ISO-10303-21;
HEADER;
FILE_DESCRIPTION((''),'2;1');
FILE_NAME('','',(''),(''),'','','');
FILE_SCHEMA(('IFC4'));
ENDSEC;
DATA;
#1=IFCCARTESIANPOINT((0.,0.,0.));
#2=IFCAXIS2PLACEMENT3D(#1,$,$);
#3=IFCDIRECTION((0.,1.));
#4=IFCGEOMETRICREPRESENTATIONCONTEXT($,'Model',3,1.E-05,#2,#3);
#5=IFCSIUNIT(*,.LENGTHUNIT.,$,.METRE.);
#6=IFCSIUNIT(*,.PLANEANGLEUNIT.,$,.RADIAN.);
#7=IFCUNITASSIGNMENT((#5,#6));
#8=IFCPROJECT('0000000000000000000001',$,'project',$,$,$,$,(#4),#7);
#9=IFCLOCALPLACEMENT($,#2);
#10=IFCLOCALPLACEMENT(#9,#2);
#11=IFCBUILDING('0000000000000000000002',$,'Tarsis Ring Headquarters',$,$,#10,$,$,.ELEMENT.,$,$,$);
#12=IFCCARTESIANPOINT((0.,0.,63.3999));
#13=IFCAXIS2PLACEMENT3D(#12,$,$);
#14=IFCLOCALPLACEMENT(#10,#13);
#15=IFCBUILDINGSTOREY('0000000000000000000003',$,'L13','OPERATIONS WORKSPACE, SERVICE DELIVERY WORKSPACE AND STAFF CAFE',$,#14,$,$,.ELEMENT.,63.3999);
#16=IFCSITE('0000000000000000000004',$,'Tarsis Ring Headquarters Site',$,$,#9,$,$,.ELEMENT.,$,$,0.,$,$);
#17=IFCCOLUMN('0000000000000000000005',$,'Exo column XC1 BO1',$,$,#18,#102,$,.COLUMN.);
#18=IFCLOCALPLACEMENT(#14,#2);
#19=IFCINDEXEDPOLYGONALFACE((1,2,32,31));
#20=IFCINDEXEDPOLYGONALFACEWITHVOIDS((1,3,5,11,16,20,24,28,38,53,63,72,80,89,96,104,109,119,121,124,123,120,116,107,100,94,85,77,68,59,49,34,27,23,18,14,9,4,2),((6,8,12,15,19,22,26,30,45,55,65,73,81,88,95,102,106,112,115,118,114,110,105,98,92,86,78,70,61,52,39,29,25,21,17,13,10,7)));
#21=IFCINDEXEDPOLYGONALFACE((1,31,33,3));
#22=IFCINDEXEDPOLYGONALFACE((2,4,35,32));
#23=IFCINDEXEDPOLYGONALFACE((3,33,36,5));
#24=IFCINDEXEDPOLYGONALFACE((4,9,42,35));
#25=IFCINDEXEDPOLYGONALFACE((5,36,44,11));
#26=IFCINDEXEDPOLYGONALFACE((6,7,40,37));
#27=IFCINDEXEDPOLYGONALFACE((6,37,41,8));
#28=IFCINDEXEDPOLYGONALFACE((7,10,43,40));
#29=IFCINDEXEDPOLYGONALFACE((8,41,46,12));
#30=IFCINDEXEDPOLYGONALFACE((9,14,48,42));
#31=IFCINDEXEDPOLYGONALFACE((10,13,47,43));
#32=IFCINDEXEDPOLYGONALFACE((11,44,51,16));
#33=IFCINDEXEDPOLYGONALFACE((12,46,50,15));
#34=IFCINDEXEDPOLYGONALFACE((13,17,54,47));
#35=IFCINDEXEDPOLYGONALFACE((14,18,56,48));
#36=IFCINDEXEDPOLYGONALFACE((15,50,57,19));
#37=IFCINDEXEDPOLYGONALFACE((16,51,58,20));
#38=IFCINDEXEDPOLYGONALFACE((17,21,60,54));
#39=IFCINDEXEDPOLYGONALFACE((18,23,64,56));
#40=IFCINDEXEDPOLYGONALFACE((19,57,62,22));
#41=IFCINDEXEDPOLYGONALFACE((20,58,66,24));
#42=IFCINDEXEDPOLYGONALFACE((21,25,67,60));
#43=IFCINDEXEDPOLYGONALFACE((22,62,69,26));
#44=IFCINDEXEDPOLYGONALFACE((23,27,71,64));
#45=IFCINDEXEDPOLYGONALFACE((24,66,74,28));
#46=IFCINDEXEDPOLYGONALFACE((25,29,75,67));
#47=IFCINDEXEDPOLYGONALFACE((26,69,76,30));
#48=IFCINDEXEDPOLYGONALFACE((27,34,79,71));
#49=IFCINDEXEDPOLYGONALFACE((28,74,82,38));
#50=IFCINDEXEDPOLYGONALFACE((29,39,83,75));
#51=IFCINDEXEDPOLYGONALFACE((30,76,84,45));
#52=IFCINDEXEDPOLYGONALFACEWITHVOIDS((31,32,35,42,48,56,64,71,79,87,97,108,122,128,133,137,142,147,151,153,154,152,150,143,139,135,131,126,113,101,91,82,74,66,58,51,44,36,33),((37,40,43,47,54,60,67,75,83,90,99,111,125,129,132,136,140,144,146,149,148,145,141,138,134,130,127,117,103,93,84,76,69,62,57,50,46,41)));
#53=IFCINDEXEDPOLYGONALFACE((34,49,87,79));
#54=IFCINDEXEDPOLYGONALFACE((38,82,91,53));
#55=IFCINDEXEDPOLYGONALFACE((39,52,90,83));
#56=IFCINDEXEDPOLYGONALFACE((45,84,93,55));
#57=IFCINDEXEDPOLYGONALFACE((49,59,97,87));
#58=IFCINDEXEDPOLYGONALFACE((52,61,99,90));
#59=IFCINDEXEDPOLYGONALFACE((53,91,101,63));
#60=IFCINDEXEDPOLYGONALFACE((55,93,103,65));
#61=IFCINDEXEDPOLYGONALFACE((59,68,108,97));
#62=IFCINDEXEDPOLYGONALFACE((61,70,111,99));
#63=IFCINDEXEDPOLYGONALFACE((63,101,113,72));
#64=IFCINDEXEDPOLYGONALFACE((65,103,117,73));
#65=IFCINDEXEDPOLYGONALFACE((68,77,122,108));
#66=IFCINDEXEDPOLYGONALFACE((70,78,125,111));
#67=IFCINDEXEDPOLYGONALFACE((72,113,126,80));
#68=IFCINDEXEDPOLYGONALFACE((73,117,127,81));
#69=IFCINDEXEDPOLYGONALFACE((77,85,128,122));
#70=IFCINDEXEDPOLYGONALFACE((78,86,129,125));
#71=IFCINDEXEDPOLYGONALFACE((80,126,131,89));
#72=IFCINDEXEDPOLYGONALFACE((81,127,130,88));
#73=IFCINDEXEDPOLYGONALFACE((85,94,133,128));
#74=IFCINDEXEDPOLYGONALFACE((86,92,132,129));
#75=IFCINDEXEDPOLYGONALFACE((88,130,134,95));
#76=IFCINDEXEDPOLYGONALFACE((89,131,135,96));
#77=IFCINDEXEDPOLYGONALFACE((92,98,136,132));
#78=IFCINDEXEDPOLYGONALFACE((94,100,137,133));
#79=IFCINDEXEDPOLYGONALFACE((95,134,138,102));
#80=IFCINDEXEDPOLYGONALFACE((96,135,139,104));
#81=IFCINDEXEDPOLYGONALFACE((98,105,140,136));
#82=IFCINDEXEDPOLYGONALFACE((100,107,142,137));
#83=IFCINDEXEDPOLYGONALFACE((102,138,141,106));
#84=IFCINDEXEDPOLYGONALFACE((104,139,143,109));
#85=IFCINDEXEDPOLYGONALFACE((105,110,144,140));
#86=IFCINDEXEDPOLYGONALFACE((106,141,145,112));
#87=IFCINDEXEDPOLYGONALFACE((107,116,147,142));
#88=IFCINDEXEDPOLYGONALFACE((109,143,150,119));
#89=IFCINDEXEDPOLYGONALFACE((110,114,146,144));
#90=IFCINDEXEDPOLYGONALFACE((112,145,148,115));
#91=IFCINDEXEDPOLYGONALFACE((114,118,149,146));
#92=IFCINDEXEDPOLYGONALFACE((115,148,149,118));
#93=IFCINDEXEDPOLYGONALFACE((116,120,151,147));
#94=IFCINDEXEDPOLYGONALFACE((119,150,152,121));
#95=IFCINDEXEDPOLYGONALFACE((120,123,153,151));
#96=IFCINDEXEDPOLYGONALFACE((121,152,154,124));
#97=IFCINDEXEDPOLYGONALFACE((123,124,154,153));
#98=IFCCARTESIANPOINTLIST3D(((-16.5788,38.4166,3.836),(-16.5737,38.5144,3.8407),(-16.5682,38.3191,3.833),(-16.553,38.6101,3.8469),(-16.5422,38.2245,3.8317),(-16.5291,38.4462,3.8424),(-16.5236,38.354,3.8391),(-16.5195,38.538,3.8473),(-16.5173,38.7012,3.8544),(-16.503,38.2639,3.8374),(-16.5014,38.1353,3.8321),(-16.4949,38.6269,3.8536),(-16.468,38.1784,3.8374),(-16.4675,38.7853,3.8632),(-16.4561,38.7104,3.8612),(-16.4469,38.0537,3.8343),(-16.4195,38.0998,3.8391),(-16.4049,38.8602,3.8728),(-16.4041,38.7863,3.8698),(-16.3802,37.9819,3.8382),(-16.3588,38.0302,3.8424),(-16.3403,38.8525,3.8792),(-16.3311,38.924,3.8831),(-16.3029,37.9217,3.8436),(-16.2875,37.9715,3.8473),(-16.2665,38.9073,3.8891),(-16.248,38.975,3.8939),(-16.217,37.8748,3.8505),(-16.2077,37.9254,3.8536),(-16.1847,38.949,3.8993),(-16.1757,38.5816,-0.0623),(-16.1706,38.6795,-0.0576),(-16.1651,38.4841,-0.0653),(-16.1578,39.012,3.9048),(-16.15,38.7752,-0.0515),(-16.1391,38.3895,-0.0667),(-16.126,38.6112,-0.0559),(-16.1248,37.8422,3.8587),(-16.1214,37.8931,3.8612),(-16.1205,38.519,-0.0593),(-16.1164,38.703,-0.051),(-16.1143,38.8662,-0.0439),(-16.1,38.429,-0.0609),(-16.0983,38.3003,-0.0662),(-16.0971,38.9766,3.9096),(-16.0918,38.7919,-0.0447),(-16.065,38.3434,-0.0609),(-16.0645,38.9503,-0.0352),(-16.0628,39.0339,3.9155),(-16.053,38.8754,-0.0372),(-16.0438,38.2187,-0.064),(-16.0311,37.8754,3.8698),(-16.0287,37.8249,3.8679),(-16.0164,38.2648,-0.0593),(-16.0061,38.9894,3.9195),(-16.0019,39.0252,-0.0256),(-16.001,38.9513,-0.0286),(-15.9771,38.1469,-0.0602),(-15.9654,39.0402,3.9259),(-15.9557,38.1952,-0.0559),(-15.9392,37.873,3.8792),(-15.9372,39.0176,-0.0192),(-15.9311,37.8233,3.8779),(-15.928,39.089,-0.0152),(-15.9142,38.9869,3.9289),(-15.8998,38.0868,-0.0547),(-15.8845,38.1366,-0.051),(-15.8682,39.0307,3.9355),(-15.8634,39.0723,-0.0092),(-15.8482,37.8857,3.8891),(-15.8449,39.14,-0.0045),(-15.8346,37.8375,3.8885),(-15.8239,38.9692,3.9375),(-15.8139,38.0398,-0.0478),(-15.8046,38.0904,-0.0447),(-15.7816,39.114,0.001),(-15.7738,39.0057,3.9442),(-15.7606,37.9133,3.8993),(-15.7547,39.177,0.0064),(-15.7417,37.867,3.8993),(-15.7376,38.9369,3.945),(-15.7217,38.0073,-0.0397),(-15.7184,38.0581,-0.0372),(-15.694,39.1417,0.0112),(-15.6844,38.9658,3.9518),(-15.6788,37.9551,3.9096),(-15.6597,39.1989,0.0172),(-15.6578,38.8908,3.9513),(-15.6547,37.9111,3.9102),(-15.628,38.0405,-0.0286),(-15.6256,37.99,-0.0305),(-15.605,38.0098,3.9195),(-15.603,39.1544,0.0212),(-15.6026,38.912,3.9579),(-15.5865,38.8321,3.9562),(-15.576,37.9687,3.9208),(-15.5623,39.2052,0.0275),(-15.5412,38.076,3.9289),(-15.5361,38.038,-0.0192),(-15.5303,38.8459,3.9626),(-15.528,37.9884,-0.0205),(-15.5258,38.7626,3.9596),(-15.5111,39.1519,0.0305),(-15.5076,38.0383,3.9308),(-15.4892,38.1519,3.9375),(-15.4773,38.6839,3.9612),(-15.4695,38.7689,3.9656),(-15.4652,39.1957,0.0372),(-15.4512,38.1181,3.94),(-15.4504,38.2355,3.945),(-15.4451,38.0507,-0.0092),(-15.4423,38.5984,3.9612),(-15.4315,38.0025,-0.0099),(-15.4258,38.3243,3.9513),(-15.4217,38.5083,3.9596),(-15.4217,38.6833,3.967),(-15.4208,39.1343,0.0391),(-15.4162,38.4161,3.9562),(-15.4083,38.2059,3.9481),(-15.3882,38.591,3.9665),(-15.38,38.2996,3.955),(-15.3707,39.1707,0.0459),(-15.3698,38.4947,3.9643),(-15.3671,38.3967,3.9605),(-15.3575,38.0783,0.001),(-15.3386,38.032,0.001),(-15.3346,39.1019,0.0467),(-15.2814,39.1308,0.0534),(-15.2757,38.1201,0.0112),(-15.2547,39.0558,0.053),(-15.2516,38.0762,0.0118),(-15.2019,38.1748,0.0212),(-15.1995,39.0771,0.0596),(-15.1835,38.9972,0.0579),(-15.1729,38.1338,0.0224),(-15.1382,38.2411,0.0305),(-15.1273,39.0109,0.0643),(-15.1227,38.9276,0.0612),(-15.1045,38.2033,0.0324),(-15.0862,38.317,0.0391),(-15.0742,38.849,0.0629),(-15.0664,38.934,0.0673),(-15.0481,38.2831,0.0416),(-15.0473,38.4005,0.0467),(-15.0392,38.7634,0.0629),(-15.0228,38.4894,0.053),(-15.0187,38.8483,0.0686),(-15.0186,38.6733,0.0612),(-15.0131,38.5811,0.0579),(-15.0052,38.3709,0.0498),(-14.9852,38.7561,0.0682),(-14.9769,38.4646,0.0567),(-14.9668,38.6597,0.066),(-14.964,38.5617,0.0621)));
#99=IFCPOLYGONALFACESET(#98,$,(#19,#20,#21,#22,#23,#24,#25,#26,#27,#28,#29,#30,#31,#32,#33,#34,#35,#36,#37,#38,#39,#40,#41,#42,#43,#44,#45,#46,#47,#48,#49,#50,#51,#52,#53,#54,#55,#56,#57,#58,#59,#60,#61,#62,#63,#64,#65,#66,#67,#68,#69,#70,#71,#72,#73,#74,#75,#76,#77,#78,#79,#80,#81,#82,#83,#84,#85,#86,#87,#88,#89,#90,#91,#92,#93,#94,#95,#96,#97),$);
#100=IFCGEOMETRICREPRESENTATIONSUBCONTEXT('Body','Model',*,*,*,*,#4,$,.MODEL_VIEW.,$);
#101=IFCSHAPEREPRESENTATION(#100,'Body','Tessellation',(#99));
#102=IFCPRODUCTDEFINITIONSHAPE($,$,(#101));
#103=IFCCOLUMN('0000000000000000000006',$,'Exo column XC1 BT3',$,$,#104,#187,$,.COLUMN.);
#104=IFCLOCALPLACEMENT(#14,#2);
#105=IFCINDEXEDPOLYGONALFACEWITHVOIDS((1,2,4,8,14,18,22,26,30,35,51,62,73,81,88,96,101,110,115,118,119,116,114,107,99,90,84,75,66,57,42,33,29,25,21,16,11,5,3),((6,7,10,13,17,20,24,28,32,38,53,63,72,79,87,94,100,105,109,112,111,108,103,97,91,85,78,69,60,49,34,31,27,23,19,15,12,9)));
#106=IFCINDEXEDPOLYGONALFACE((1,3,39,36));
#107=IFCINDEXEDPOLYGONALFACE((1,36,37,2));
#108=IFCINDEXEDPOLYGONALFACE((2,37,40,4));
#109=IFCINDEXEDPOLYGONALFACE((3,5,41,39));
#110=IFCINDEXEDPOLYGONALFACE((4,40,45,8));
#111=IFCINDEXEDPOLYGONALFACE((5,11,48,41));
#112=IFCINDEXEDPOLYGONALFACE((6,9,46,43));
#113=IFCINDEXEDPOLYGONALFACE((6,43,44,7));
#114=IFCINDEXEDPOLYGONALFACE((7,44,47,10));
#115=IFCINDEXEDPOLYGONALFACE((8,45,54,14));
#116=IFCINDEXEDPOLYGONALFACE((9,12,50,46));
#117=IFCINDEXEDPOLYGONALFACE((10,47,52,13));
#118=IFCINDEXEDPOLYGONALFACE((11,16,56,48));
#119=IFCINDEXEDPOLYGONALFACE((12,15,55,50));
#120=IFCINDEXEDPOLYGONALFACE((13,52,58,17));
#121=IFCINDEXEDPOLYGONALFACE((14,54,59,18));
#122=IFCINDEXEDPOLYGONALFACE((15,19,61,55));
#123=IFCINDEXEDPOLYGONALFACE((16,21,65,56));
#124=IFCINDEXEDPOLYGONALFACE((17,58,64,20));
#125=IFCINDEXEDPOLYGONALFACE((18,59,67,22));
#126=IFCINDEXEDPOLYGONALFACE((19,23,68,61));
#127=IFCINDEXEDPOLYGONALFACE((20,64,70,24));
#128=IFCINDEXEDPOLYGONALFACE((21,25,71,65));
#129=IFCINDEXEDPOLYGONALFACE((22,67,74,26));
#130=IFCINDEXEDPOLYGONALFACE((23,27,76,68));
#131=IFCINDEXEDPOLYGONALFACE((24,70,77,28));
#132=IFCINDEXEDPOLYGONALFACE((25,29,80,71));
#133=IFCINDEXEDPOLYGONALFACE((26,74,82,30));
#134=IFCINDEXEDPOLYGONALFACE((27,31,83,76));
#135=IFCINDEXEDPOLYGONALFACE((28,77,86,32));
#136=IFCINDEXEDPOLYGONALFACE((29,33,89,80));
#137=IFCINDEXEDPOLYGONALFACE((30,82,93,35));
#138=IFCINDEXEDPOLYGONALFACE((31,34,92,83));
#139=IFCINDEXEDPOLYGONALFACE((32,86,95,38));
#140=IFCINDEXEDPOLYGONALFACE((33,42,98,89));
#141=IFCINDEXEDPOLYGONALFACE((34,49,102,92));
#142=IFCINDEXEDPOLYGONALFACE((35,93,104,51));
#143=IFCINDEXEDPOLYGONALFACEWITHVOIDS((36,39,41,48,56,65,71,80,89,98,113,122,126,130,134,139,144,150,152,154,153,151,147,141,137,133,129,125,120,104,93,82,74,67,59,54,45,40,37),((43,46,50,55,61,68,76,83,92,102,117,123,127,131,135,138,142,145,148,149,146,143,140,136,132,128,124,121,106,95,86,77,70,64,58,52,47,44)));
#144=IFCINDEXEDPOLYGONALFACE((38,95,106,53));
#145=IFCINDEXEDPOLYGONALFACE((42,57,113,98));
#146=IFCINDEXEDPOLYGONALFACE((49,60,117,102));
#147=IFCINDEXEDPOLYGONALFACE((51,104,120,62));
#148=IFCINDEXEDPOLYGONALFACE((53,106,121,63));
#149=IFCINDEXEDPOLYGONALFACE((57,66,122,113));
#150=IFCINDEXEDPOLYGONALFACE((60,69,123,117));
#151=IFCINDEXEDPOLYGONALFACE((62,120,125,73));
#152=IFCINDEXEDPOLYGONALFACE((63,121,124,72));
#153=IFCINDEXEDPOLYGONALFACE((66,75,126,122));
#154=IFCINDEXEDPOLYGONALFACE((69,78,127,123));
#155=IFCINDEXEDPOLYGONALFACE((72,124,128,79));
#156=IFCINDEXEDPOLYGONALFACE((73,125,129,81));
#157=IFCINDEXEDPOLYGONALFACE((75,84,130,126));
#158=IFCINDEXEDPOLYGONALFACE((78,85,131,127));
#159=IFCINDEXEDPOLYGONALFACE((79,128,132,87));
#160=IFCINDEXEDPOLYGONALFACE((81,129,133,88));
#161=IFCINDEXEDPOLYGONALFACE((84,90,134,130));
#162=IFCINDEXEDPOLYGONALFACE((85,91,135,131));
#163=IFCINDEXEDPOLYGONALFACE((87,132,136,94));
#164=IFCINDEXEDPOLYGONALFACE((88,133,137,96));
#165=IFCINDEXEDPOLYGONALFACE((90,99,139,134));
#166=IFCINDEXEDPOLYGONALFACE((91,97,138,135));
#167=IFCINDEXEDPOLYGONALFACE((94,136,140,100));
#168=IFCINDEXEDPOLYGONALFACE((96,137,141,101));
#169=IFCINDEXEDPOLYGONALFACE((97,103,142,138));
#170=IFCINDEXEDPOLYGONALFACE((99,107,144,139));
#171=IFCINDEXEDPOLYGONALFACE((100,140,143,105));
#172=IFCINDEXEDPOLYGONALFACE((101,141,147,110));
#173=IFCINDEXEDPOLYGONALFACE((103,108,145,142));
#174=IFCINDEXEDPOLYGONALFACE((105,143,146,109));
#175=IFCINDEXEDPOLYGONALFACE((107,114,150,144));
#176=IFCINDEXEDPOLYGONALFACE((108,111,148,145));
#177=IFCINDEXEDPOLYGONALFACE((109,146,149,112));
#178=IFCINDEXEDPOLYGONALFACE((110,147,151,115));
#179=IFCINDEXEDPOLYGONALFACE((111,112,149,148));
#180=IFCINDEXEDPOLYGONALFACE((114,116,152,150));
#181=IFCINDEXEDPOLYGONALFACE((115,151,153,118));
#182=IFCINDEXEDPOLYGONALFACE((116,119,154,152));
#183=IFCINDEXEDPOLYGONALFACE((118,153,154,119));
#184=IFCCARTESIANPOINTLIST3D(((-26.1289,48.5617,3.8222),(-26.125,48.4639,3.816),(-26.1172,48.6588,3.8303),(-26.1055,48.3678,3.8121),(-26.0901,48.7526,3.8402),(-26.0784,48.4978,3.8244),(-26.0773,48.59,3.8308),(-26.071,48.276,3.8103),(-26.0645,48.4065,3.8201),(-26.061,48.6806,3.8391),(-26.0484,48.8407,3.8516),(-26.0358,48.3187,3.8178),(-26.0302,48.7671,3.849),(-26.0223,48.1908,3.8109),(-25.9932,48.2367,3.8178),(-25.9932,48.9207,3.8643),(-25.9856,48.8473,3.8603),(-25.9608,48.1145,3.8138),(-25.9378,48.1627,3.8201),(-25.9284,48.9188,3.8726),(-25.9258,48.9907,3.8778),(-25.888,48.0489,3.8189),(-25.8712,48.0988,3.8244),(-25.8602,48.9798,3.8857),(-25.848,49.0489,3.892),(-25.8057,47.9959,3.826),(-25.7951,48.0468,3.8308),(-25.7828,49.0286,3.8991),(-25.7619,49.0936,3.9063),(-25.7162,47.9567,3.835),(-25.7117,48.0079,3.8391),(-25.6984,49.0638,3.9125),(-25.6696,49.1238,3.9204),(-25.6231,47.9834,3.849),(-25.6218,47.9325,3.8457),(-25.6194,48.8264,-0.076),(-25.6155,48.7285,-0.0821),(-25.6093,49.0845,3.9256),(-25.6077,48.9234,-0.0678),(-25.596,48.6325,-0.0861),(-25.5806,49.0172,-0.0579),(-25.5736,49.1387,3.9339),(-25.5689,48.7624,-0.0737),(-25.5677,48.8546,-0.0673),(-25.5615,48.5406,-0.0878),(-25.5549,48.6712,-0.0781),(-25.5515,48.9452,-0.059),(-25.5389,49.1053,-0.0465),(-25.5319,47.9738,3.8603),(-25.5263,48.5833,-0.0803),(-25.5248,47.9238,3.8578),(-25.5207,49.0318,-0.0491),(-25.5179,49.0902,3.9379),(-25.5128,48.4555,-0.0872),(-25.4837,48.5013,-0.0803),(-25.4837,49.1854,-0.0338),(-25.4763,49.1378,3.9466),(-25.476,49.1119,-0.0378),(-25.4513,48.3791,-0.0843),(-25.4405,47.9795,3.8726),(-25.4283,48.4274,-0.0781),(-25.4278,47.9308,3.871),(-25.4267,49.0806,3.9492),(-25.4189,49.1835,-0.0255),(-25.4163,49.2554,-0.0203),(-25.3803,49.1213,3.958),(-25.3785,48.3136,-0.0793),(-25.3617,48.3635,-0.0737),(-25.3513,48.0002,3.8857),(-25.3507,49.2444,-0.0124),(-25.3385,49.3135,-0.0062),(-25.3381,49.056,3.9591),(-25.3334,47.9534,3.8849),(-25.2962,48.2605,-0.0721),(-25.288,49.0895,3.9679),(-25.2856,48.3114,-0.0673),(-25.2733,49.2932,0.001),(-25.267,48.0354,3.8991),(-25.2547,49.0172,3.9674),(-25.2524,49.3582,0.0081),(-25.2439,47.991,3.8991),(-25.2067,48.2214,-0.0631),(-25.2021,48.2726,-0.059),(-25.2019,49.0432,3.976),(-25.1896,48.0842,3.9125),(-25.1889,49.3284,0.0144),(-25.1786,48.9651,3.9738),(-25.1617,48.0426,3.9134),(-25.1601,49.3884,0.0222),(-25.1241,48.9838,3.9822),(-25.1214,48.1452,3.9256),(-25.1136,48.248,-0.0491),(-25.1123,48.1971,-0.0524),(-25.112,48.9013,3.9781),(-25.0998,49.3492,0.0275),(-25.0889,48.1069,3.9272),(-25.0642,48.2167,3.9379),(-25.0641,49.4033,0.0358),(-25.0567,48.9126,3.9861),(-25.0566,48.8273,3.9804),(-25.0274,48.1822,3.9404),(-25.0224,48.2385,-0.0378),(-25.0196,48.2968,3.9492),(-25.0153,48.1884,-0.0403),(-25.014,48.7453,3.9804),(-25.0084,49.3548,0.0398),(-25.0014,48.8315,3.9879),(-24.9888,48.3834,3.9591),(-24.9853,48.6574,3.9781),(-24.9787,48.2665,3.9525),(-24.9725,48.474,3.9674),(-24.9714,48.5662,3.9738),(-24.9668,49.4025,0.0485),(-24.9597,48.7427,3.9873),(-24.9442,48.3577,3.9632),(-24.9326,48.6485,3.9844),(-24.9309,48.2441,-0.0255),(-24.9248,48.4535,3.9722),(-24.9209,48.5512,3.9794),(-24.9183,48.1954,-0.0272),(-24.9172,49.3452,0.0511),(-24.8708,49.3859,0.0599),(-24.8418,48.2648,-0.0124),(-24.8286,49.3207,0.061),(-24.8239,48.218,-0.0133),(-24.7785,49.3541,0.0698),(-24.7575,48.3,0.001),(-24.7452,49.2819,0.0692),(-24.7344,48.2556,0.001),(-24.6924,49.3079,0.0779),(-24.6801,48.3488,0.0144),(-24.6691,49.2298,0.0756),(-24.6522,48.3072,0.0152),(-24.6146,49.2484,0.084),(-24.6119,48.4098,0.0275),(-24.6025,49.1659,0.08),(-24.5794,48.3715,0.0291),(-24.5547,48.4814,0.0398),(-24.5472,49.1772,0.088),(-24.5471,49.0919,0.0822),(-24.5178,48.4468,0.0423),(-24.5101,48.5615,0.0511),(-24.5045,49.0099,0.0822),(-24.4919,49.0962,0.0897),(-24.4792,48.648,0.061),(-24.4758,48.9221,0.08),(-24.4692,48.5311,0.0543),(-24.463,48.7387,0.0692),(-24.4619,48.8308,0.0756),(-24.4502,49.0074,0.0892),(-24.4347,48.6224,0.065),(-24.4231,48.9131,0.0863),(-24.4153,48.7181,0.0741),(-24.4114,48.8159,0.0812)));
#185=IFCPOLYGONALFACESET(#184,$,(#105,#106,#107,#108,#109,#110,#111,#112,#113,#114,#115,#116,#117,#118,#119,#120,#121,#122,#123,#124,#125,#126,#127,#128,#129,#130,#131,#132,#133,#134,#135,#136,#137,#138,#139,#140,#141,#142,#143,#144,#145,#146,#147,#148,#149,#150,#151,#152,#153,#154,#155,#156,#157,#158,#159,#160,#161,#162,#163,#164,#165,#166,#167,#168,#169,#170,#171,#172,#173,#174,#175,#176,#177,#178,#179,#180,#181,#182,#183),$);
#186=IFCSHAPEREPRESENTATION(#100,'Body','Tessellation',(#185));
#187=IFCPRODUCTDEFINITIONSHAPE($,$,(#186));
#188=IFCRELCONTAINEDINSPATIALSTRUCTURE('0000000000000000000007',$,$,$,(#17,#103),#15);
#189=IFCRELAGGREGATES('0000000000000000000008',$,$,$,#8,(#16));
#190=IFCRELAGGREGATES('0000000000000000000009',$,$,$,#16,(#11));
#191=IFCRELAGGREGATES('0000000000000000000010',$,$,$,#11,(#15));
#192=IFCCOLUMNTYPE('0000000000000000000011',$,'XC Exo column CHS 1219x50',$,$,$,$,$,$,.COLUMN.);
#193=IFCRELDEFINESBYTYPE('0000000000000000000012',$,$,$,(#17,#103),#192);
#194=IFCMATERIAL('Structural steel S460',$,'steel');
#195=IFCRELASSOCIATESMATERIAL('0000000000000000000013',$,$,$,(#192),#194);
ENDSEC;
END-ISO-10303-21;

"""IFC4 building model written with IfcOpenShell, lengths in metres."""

from ifc_helpers import new_model, si_unit, direction, frame, origin, origin_2d, place, context, subcontext, project, spatial, hollow_circle, extrude, material, material_profile, profile_set, type_object, element, save


model = new_model("IFC4")

# Units and contexts
model_context = context("Model", 3, precision=1e-05, world=origin(), true_north=direction((0.0, 1.0)))
body_context = subcontext(model_context, "Body", "Model", "MODEL_VIEW")
ifc_project = project(units=[si_unit("LENGTHUNIT", "METRE"), si_unit("PLANEANGLEUNIT", "RADIAN")], contexts=[model_context])

# Site, building, storey
site_placement = place(None, origin())
site = spatial("IfcSite", under=ifc_project, at=site_placement, Name="Tarsis Ring Headquarters Site", CompositionType="ELEMENT", RefElevation=0.0)
building_placement = place(site_placement, origin())
building = spatial("IfcBuilding", under=site, at=building_placement, Name="Tarsis Ring Headquarters", CompositionType="ELEMENT")
storey_placement = place(building_placement, frame((0.0, 0.0, 63.3999)))
storey = spatial("IfcBuildingStorey", under=building, at=storey_placement, Name="L13", Description="OPERATIONS WORKSPACE, SERVICE DELIVERY WORKSPACE AND STAFF CAFE", CompositionType="ELEMENT", Elevation=63.3999)

# Columns
ifc_material_1 = material(Name="Structural steel S460", Category="steel")
ifc_material_profile_1 = material_profile(ifc_material_1, hollow_circle(Radius=0.6096, WallThickness=0.05, at=origin_2d()), Name="CHS 1219x50")
ifc_profile_set_1 = profile_set([ifc_material_profile_1], Name="Structural steel S460")
column_type = type_object("IfcColumnType", Name="XC Exo column CHS 1219x50", PredefinedType="COLUMN", material=ifc_profile_set_1)
column_1_placement = place(storey_placement, frame((-15.5696, 38.5962, 0.001), z_axis=(-0.102755, -0.042073, 0.993817), x_axis=(0.378917, -0.925431, 0.0)))
element("IfcColumn", 1, at=column_1_placement, inside=storey, type_object=column_type, Name="Exo column XC1 BO1", PredefinedType="COLUMN", context=body_context, shape_type="SweptSolid", body=[
    extrude(hollow_circle(Radius=0.6096, WallThickness=0.05, at=origin_2d()), origin(), (0.0, 0.0, 1.0), 3.9226),
])
column_2_placement = place(storey_placement, frame((-25.0154, 48.7966, 0.001), z_axis=(-0.129312, -0.067165, 0.989327), x_axis=(0.460938, -0.887433, 0.0)))
element("IfcColumn", 2, at=column_2_placement, inside=storey, type_object=column_type, Name="Exo column XC1 BT3", PredefinedType="COLUMN", context=body_context, shape_type="SweptSolid", body=[
    extrude(hollow_circle(Radius=0.6096, WallThickness=0.05, at=origin_2d()), origin(), (0.0, 0.0, 1.0), 3.9402),
])

save(model, "model.ifc")
